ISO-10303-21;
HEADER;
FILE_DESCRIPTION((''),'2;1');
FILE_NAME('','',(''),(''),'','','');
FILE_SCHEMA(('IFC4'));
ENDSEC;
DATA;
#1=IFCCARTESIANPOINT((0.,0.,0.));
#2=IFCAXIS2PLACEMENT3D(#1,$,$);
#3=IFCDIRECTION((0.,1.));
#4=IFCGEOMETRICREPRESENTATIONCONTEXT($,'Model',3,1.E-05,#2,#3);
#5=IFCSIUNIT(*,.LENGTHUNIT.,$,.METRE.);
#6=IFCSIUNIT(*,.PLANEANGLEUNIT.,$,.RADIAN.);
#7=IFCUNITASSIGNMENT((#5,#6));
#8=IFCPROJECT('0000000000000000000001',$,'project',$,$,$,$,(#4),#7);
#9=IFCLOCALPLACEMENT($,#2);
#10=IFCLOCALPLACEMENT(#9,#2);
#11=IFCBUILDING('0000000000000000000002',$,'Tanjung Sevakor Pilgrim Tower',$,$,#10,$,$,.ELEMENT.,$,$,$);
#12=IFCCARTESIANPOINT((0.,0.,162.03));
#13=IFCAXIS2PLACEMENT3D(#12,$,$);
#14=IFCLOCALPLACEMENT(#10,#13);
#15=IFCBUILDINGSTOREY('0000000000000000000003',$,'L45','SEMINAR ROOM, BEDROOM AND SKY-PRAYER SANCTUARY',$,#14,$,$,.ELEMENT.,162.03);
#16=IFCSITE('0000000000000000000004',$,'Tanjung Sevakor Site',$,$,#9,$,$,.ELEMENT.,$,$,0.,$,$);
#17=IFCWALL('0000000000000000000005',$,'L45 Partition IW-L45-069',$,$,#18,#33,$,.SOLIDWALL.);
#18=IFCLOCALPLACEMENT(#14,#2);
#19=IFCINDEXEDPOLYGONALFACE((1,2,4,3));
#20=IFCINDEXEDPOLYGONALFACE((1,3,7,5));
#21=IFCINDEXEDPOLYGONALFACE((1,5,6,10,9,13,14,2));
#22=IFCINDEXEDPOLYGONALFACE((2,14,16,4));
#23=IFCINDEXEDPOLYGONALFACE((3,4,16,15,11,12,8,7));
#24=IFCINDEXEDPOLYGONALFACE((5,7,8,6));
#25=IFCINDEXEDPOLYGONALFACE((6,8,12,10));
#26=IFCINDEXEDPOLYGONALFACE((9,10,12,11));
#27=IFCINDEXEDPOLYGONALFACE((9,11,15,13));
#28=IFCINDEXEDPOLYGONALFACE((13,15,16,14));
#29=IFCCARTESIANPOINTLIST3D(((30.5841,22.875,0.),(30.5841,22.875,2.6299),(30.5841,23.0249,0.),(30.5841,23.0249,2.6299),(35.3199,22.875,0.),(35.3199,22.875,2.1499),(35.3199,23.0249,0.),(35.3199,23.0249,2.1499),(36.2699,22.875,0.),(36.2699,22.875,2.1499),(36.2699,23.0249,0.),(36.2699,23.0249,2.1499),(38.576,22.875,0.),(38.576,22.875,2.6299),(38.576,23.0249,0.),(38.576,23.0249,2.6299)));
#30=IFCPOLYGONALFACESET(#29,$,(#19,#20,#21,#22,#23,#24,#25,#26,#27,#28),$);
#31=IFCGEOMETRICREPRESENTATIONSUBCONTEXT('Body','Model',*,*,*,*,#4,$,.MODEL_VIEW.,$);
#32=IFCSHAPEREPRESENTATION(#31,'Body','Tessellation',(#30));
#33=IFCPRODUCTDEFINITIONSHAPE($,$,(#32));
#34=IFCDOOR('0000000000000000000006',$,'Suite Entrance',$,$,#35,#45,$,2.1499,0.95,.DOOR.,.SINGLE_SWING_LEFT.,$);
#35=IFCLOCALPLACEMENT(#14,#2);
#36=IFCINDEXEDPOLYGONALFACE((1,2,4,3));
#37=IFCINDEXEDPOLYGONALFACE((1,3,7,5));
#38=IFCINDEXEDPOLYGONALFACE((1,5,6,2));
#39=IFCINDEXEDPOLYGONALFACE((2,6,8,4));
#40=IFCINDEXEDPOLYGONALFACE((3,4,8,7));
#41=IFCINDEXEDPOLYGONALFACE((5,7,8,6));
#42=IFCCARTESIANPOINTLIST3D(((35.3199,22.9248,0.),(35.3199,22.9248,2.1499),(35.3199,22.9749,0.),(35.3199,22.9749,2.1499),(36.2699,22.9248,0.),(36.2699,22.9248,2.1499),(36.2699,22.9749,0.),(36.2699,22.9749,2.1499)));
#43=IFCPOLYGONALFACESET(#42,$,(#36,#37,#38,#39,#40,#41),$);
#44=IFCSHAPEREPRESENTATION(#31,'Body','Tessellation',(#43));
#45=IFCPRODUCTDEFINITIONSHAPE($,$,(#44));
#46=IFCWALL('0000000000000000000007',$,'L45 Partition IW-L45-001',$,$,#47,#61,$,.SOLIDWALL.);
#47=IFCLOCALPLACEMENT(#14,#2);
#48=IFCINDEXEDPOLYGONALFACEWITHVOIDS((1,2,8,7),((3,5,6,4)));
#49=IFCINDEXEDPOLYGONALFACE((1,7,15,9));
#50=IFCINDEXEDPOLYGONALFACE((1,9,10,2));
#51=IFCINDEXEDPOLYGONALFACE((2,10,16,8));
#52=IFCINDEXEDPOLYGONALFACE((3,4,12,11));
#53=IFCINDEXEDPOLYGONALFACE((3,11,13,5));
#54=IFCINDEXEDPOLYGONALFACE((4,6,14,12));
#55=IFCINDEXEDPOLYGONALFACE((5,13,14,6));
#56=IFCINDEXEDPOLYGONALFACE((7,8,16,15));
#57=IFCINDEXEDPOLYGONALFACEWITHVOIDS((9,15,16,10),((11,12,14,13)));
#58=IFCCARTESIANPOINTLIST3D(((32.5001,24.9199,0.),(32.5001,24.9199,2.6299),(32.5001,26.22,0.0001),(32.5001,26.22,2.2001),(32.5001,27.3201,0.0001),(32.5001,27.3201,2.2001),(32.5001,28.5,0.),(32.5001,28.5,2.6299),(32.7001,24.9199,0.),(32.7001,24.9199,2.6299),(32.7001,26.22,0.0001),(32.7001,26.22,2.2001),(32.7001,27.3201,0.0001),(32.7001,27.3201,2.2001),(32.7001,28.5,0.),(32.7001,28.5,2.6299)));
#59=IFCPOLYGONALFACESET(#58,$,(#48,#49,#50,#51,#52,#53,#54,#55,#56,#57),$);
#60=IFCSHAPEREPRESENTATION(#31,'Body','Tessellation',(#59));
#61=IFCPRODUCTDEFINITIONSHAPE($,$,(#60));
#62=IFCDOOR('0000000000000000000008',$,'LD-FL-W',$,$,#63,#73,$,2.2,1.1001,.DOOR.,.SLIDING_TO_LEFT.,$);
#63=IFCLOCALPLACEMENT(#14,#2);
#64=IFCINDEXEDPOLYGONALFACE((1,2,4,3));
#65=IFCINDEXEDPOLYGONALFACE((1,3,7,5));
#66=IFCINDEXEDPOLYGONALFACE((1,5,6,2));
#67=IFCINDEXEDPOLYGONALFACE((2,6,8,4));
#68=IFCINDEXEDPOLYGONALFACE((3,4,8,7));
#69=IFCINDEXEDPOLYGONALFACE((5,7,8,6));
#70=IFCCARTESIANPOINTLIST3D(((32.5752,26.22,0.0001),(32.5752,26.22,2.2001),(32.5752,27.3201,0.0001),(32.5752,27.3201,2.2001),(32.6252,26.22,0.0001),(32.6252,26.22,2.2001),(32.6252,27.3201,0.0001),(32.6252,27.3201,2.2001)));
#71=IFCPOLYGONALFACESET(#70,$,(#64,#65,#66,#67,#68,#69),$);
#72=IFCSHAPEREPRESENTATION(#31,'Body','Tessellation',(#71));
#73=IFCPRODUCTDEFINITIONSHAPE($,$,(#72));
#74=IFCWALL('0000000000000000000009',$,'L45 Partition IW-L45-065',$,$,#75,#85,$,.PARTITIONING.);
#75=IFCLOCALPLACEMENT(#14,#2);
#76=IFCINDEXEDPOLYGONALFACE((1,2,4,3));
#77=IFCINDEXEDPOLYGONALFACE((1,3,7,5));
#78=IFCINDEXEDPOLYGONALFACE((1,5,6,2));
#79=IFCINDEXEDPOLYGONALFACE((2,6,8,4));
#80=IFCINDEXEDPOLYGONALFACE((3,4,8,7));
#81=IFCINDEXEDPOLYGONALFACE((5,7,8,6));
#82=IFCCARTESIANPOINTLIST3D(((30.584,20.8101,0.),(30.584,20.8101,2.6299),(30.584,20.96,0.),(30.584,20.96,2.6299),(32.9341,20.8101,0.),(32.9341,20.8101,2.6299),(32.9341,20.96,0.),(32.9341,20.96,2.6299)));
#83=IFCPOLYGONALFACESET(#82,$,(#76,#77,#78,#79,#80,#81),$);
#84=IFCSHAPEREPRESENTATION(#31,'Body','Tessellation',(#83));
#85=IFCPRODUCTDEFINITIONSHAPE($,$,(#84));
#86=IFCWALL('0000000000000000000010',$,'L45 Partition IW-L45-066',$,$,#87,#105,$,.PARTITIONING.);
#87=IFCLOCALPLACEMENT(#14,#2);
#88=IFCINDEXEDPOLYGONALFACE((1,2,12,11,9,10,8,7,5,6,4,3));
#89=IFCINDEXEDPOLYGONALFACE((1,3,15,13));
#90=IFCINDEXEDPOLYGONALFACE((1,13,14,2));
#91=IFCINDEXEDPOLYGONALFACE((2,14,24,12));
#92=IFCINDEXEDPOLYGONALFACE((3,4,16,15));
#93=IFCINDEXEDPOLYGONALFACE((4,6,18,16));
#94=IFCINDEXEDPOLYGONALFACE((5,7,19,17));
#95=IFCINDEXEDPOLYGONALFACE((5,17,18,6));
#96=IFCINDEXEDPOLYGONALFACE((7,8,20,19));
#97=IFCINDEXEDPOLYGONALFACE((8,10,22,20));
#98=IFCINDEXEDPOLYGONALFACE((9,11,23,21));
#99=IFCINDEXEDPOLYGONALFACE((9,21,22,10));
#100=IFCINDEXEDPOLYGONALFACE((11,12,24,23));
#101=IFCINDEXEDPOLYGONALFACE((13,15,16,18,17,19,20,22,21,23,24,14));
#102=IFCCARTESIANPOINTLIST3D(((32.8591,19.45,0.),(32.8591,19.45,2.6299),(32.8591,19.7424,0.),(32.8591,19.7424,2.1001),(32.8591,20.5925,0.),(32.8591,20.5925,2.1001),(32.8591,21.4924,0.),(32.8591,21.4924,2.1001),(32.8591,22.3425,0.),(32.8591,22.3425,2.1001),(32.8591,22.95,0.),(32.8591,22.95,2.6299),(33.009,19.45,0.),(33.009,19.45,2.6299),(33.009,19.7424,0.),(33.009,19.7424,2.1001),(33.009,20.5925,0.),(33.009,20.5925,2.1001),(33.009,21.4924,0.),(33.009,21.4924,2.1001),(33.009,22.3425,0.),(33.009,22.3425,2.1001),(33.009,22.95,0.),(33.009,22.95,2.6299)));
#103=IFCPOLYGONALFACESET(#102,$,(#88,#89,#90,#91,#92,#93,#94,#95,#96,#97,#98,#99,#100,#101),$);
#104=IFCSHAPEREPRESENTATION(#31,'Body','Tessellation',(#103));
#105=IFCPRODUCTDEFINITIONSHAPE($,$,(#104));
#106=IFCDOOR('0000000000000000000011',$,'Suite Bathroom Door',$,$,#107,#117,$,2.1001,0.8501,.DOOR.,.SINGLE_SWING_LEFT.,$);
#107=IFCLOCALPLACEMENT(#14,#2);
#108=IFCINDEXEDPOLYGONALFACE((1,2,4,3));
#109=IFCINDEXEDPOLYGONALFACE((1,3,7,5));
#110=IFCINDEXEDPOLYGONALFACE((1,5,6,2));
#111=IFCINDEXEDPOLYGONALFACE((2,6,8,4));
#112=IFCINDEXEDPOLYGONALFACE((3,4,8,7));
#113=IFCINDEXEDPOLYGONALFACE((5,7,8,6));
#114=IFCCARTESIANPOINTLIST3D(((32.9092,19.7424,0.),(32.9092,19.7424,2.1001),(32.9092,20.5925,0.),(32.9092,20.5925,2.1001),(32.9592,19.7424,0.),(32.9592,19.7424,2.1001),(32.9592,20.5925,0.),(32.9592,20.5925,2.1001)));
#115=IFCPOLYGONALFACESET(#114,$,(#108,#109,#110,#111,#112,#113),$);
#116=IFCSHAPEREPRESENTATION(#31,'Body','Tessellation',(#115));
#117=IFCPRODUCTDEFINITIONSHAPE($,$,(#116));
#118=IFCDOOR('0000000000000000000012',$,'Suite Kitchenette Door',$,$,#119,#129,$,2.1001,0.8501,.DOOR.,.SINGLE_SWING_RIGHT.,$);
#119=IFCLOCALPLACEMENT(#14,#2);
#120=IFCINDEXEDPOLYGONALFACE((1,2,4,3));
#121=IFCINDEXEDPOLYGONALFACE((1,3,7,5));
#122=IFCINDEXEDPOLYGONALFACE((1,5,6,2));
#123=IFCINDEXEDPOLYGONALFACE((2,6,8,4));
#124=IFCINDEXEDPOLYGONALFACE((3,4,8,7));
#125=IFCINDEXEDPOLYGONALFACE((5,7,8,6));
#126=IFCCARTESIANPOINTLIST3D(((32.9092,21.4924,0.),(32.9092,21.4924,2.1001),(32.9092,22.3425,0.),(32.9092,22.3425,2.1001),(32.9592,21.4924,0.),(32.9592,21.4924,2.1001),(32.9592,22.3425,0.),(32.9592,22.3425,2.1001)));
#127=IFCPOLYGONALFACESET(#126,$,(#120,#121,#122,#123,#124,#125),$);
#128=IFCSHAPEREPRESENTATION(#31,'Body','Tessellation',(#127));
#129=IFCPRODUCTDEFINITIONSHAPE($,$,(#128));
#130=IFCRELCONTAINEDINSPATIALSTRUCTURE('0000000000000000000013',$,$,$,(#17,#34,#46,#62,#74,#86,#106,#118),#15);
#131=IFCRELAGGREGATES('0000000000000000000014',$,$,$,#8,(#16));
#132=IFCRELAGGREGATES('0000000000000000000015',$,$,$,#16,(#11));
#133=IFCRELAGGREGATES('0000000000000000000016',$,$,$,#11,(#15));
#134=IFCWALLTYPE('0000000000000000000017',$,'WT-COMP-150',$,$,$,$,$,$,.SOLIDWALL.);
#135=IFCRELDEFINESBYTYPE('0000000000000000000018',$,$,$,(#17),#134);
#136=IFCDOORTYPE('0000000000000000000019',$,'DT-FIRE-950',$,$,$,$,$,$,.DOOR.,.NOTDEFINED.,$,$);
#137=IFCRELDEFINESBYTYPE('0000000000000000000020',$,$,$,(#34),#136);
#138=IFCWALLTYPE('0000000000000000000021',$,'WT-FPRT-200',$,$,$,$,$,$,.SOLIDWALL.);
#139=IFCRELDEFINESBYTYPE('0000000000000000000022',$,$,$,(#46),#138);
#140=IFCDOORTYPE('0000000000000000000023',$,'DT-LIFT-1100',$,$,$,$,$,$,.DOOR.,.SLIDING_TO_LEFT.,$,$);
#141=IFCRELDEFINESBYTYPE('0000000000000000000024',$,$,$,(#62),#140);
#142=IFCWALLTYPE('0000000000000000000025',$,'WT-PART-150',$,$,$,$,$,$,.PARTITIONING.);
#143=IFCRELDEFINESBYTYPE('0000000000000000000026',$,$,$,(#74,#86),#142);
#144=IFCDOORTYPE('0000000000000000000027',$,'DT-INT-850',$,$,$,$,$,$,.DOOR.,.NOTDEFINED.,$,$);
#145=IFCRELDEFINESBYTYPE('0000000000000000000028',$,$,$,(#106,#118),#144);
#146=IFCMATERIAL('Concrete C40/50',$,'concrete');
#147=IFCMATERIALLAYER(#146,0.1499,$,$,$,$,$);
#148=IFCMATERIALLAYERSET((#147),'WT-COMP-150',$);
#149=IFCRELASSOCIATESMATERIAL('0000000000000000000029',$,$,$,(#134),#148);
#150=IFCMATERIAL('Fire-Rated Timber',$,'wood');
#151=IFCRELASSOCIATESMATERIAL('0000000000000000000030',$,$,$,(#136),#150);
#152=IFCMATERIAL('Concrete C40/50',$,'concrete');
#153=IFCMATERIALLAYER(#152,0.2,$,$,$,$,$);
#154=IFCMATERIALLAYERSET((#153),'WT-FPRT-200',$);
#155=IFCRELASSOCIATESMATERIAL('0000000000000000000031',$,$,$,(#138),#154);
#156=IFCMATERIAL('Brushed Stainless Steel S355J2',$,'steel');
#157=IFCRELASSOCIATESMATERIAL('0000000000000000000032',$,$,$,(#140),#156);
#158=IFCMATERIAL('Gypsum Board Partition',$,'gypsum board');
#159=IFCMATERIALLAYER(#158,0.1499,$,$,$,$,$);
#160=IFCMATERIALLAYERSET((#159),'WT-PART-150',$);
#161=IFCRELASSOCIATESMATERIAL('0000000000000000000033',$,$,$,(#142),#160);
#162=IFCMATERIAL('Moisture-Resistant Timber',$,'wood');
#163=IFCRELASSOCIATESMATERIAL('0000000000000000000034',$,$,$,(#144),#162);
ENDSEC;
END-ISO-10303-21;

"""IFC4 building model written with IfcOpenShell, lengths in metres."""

from ifc_helpers import new_model, si_unit, direction, frame, frame_2d, origin, place, context, subcontext, project, spatial, rectangle, extrude, material, layer, layer_set, type_object, element, fill, save


model = new_model("IFC4")

# Units and contexts
model_context = context("Model", 3, precision=1e-05, world=origin(), true_north=direction((0.0, 1.0)))
body_context = subcontext(model_context, "Body", "Model", "MODEL_VIEW")
ifc_project = project(units=[si_unit("LENGTHUNIT", "METRE"), si_unit("PLANEANGLEUNIT", "RADIAN")], contexts=[model_context])

# Site, building, storey
site_placement = place(None, origin())
site = spatial("IfcSite", under=ifc_project, at=site_placement, Name="Tanjung Sevakor Site", CompositionType="ELEMENT", RefElevation=0.0)
building_placement = place(site_placement, origin())
building = spatial("IfcBuilding", under=site, at=building_placement, Name="Tanjung Sevakor Pilgrim Tower", CompositionType="ELEMENT")
storey_placement = place(building_placement, frame((0.0, 0.0, 162.03)))
storey = spatial("IfcBuildingStorey", under=building, at=storey_placement, Name="L45", Description="SEMINAR ROOM, BEDROOM AND SKY-PRAYER SANCTUARY", CompositionType="ELEMENT", Elevation=162.03)

# Walls, openings, doors
ifc_material_1 = material(Name="Concrete C40/50", Category="concrete")
ifc_layer_1 = layer(ifc_material_1, 0.1499)
ifc_layer_set_1 = layer_set([ifc_layer_1], Name="WT-COMP-150")
wall_type_1 = type_object("IfcWallType", Name="WT-COMP-150", PredefinedType="SOLIDWALL", material=ifc_layer_set_1)
wall_1_placement = place(storey_placement, frame((30.584, 22.95, 0.0), z_axis=(0.0, 0.0, 1.0), x_axis=(1.0, 0.0, 0.0)))
wall_1 = element("IfcWall", 1, at=wall_1_placement, inside=storey, type_object=wall_type_1, Name="L45 Partition IW-L45-069", PredefinedType="SOLIDWALL", context=body_context, shape_type="SweptSolid", body=[
    extrude(rectangle(XDim=7.9919, YDim=0.1499, at=frame_2d((3.9961, 0.0))), origin(), (0.0, 0.0, 1.0), 2.6299),
])
opening_1_placement = place(wall_1_placement, frame((4.7358, 0.0, 0.0)))
opening_1 = element("IfcOpeningElement", 2, at=opening_1_placement, cuts=wall_1, PredefinedType="OPENING", context=body_context, shape_type="SweptSolid", body=[
    extrude(rectangle(XDim=0.95, YDim=2.1499, at=frame_2d((0.4751, 1.075))), frame((0.0, 0.085, 0.0), z_axis=(0.0, -1.0, 0.0), x_axis=(1.0, 0.0, 0.0)), (0.0, 0.0, 1.0), 0.1699),
])
ifc_material_2 = material(Name="Fire-Rated Timber", Category="wood")
door_type_1 = type_object("IfcDoorType", Name="DT-FIRE-950", OperationType="NOTDEFINED", PredefinedType="DOOR", material=ifc_material_2)
door_1_placement = place(opening_1_placement, origin())
door_1 = element("IfcDoor", 3, at=door_1_placement, inside=storey, type_object=door_type_1, Name="Suite Entrance", OperationType="SINGLE_SWING_LEFT", OverallHeight=2.1499, OverallWidth=0.95, PredefinedType="DOOR", context=body_context, shape_type="SweptSolid", body=[
    extrude(rectangle(XDim=0.95, YDim=2.1499, at=frame_2d((0.4751, 1.075))), frame((0.0, 0.0249, 0.0), z_axis=(0.0, -1.0, 0.0), x_axis=(1.0, 0.0, 0.0)), (0.0, 0.0, 1.0), 0.05),
])
fill(opening_1, door_1)
ifc_material_3 = material(Name="Concrete C40/50", Category="concrete")
ifc_layer_2 = layer(ifc_material_3, 0.2)
ifc_layer_set_2 = layer_set([ifc_layer_2], Name="WT-FPRT-200")
wall_type_2 = type_object("IfcWallType", Name="WT-FPRT-200", PredefinedType="SOLIDWALL", material=ifc_layer_set_2)
wall_2_placement = place(storey_placement, frame((32.6001, 24.9199, 0.0), z_axis=(0.0, 0.0, 1.0), x_axis=(0.0, 1.0, 0.0)))
wall_2 = element("IfcWall", 4, at=wall_2_placement, inside=storey, type_object=wall_type_2, Name="L45 Partition IW-L45-001", PredefinedType="SOLIDWALL", context=body_context, shape_type="SweptSolid", body=[
    extrude(rectangle(XDim=3.5801, YDim=0.2, at=frame_2d((1.79, 0.0))), origin(), (0.0, 0.0, 1.0), 2.6299),
])
opening_2_placement = place(wall_2_placement, frame((1.3, 0.0, 0.0)))
opening_2 = element("IfcOpeningElement", 5, at=opening_2_placement, cuts=wall_2, PredefinedType="OPENING", context=body_context, shape_type="SweptSolid", body=[
    extrude(rectangle(XDim=1.1001, YDim=2.2, at=frame_2d((0.55, 1.1001))), frame((0.0, 0.1099, 0.0), z_axis=(0.0, -1.0, 0.0), x_axis=(1.0, 0.0, 0.0)), (0.0, 0.0, 1.0), 0.22),
])
ifc_material_4 = material(Name="Brushed Stainless Steel S355J2", Category="steel")
door_type_2 = type_object("IfcDoorType", Name="DT-LIFT-1100", OperationType="SLIDING_TO_LEFT", PredefinedType="DOOR", material=ifc_material_4)
door_2_placement = place(opening_2_placement, origin())
door_2 = element("IfcDoor", 6, at=door_2_placement, inside=storey, type_object=door_type_2, Name="LD-FL-W", OperationType="SLIDING_TO_LEFT", OverallHeight=2.2, OverallWidth=1.1001, PredefinedType="DOOR", context=body_context, shape_type="SweptSolid", body=[
    extrude(rectangle(XDim=1.1001, YDim=2.2, at=frame_2d((0.55, 1.1001))), frame((0.0, 0.0249, 0.0), z_axis=(0.0, -1.0, 0.0), x_axis=(1.0, 0.0, 0.0)), (0.0, 0.0, 1.0), 0.05),
])
fill(opening_2, door_2)

# Wall
ifc_material_5 = material(Name="Gypsum Board Partition", Category="gypsum board")
ifc_layer_3 = layer(ifc_material_5, 0.1499)
ifc_layer_set_3 = layer_set([ifc_layer_3], Name="WT-PART-150")
wall_type_3 = type_object("IfcWallType", Name="WT-PART-150", PredefinedType="PARTITIONING", material=ifc_layer_set_3)
wall_3_placement = place(storey_placement, frame((30.584, 20.885, 0.0), z_axis=(0.0, 0.0, 1.0), x_axis=(1.0, 0.0, 0.0)))
element("IfcWall", 7, at=wall_3_placement, inside=storey, type_object=wall_type_3, Name="L45 Partition IW-L45-065", PredefinedType="PARTITIONING", context=body_context, shape_type="SweptSolid", body=[
    extrude(rectangle(XDim=2.3501, YDim=0.1499, at=frame_2d((1.175, 0.0))), origin(), (0.0, 0.0, 1.0), 2.6299),
])

# Wall, openings, doors
wall_4_placement = place(storey_placement, frame((32.9341, 19.45, 0.0), z_axis=(0.0, 0.0, 1.0), x_axis=(0.0, 1.0, 0.0)))
wall_4 = element("IfcWall", 8, at=wall_4_placement, inside=storey, type_object=wall_type_3, Name="L45 Partition IW-L45-066", PredefinedType="PARTITIONING", context=body_context, shape_type="SweptSolid", body=[
    extrude(rectangle(XDim=3.5, YDim=0.1499, at=frame_2d((1.75, 0.0))), origin(), (0.0, 0.0, 1.0), 2.6299),
])
opening_3_placement = place(wall_4_placement, frame((0.2925, 0.0, 0.0)))
opening_3 = element("IfcOpeningElement", 9, at=opening_3_placement, cuts=wall_4, PredefinedType="OPENING", context=body_context, shape_type="SweptSolid", body=[
    extrude(rectangle(XDim=0.8501, YDim=2.1001, at=frame_2d((0.425, 1.05))), frame((0.0, 0.085, 0.0), z_axis=(0.0, -1.0, 0.0), x_axis=(1.0, 0.0, 0.0)), (0.0, 0.0, 1.0), 0.1699),
])
opening_4_placement = place(wall_4_placement, frame((2.0425, 0.0, 0.0)))
opening_4 = element("IfcOpeningElement", 10, at=opening_4_placement, cuts=wall_4, PredefinedType="OPENING", context=body_context, shape_type="SweptSolid", body=[
    extrude(rectangle(XDim=0.8501, YDim=2.1001, at=frame_2d((0.425, 1.05))), frame((0.0, 0.085, 0.0), z_axis=(0.0, -1.0, 0.0), x_axis=(1.0, 0.0, 0.0)), (0.0, 0.0, 1.0), 0.1699),
])
ifc_material_6 = material(Name="Moisture-Resistant Timber", Category="wood")
door_type_3 = type_object("IfcDoorType", Name="DT-INT-850", OperationType="NOTDEFINED", PredefinedType="DOOR", material=ifc_material_6)
door_3_placement = place(opening_3_placement, origin())
door_3 = element("IfcDoor", 11, at=door_3_placement, inside=storey, type_object=door_type_3, Name="Suite Bathroom Door", OperationType="SINGLE_SWING_LEFT", OverallHeight=2.1001, OverallWidth=0.8501, PredefinedType="DOOR", context=body_context, shape_type="SweptSolid", body=[
    extrude(rectangle(XDim=0.8501, YDim=2.1001, at=frame_2d((0.425, 1.05))), frame((0.0, 0.0249, 0.0), z_axis=(0.0, -1.0, 0.0), x_axis=(1.0, 0.0, 0.0)), (0.0, 0.0, 1.0), 0.05),
])
fill(opening_3, door_3)
door_4_placement = place(opening_4_placement, origin())
door_4 = element("IfcDoor", 12, at=door_4_placement, inside=storey, type_object=door_type_3, Name="Suite Kitchenette Door", OperationType="SINGLE_SWING_RIGHT", OverallHeight=2.1001, OverallWidth=0.8501, PredefinedType="DOOR", context=body_context, shape_type="SweptSolid", body=[
    extrude(rectangle(XDim=0.8501, YDim=2.1001, at=frame_2d((0.425, 1.05))), frame((0.0, 0.0249, 0.0), z_axis=(0.0, -1.0, 0.0), x_axis=(1.0, 0.0, 0.0)), (0.0, 0.0, 1.0), 0.05),
])
fill(opening_4, door_4)

save(model, "model.ifc")
